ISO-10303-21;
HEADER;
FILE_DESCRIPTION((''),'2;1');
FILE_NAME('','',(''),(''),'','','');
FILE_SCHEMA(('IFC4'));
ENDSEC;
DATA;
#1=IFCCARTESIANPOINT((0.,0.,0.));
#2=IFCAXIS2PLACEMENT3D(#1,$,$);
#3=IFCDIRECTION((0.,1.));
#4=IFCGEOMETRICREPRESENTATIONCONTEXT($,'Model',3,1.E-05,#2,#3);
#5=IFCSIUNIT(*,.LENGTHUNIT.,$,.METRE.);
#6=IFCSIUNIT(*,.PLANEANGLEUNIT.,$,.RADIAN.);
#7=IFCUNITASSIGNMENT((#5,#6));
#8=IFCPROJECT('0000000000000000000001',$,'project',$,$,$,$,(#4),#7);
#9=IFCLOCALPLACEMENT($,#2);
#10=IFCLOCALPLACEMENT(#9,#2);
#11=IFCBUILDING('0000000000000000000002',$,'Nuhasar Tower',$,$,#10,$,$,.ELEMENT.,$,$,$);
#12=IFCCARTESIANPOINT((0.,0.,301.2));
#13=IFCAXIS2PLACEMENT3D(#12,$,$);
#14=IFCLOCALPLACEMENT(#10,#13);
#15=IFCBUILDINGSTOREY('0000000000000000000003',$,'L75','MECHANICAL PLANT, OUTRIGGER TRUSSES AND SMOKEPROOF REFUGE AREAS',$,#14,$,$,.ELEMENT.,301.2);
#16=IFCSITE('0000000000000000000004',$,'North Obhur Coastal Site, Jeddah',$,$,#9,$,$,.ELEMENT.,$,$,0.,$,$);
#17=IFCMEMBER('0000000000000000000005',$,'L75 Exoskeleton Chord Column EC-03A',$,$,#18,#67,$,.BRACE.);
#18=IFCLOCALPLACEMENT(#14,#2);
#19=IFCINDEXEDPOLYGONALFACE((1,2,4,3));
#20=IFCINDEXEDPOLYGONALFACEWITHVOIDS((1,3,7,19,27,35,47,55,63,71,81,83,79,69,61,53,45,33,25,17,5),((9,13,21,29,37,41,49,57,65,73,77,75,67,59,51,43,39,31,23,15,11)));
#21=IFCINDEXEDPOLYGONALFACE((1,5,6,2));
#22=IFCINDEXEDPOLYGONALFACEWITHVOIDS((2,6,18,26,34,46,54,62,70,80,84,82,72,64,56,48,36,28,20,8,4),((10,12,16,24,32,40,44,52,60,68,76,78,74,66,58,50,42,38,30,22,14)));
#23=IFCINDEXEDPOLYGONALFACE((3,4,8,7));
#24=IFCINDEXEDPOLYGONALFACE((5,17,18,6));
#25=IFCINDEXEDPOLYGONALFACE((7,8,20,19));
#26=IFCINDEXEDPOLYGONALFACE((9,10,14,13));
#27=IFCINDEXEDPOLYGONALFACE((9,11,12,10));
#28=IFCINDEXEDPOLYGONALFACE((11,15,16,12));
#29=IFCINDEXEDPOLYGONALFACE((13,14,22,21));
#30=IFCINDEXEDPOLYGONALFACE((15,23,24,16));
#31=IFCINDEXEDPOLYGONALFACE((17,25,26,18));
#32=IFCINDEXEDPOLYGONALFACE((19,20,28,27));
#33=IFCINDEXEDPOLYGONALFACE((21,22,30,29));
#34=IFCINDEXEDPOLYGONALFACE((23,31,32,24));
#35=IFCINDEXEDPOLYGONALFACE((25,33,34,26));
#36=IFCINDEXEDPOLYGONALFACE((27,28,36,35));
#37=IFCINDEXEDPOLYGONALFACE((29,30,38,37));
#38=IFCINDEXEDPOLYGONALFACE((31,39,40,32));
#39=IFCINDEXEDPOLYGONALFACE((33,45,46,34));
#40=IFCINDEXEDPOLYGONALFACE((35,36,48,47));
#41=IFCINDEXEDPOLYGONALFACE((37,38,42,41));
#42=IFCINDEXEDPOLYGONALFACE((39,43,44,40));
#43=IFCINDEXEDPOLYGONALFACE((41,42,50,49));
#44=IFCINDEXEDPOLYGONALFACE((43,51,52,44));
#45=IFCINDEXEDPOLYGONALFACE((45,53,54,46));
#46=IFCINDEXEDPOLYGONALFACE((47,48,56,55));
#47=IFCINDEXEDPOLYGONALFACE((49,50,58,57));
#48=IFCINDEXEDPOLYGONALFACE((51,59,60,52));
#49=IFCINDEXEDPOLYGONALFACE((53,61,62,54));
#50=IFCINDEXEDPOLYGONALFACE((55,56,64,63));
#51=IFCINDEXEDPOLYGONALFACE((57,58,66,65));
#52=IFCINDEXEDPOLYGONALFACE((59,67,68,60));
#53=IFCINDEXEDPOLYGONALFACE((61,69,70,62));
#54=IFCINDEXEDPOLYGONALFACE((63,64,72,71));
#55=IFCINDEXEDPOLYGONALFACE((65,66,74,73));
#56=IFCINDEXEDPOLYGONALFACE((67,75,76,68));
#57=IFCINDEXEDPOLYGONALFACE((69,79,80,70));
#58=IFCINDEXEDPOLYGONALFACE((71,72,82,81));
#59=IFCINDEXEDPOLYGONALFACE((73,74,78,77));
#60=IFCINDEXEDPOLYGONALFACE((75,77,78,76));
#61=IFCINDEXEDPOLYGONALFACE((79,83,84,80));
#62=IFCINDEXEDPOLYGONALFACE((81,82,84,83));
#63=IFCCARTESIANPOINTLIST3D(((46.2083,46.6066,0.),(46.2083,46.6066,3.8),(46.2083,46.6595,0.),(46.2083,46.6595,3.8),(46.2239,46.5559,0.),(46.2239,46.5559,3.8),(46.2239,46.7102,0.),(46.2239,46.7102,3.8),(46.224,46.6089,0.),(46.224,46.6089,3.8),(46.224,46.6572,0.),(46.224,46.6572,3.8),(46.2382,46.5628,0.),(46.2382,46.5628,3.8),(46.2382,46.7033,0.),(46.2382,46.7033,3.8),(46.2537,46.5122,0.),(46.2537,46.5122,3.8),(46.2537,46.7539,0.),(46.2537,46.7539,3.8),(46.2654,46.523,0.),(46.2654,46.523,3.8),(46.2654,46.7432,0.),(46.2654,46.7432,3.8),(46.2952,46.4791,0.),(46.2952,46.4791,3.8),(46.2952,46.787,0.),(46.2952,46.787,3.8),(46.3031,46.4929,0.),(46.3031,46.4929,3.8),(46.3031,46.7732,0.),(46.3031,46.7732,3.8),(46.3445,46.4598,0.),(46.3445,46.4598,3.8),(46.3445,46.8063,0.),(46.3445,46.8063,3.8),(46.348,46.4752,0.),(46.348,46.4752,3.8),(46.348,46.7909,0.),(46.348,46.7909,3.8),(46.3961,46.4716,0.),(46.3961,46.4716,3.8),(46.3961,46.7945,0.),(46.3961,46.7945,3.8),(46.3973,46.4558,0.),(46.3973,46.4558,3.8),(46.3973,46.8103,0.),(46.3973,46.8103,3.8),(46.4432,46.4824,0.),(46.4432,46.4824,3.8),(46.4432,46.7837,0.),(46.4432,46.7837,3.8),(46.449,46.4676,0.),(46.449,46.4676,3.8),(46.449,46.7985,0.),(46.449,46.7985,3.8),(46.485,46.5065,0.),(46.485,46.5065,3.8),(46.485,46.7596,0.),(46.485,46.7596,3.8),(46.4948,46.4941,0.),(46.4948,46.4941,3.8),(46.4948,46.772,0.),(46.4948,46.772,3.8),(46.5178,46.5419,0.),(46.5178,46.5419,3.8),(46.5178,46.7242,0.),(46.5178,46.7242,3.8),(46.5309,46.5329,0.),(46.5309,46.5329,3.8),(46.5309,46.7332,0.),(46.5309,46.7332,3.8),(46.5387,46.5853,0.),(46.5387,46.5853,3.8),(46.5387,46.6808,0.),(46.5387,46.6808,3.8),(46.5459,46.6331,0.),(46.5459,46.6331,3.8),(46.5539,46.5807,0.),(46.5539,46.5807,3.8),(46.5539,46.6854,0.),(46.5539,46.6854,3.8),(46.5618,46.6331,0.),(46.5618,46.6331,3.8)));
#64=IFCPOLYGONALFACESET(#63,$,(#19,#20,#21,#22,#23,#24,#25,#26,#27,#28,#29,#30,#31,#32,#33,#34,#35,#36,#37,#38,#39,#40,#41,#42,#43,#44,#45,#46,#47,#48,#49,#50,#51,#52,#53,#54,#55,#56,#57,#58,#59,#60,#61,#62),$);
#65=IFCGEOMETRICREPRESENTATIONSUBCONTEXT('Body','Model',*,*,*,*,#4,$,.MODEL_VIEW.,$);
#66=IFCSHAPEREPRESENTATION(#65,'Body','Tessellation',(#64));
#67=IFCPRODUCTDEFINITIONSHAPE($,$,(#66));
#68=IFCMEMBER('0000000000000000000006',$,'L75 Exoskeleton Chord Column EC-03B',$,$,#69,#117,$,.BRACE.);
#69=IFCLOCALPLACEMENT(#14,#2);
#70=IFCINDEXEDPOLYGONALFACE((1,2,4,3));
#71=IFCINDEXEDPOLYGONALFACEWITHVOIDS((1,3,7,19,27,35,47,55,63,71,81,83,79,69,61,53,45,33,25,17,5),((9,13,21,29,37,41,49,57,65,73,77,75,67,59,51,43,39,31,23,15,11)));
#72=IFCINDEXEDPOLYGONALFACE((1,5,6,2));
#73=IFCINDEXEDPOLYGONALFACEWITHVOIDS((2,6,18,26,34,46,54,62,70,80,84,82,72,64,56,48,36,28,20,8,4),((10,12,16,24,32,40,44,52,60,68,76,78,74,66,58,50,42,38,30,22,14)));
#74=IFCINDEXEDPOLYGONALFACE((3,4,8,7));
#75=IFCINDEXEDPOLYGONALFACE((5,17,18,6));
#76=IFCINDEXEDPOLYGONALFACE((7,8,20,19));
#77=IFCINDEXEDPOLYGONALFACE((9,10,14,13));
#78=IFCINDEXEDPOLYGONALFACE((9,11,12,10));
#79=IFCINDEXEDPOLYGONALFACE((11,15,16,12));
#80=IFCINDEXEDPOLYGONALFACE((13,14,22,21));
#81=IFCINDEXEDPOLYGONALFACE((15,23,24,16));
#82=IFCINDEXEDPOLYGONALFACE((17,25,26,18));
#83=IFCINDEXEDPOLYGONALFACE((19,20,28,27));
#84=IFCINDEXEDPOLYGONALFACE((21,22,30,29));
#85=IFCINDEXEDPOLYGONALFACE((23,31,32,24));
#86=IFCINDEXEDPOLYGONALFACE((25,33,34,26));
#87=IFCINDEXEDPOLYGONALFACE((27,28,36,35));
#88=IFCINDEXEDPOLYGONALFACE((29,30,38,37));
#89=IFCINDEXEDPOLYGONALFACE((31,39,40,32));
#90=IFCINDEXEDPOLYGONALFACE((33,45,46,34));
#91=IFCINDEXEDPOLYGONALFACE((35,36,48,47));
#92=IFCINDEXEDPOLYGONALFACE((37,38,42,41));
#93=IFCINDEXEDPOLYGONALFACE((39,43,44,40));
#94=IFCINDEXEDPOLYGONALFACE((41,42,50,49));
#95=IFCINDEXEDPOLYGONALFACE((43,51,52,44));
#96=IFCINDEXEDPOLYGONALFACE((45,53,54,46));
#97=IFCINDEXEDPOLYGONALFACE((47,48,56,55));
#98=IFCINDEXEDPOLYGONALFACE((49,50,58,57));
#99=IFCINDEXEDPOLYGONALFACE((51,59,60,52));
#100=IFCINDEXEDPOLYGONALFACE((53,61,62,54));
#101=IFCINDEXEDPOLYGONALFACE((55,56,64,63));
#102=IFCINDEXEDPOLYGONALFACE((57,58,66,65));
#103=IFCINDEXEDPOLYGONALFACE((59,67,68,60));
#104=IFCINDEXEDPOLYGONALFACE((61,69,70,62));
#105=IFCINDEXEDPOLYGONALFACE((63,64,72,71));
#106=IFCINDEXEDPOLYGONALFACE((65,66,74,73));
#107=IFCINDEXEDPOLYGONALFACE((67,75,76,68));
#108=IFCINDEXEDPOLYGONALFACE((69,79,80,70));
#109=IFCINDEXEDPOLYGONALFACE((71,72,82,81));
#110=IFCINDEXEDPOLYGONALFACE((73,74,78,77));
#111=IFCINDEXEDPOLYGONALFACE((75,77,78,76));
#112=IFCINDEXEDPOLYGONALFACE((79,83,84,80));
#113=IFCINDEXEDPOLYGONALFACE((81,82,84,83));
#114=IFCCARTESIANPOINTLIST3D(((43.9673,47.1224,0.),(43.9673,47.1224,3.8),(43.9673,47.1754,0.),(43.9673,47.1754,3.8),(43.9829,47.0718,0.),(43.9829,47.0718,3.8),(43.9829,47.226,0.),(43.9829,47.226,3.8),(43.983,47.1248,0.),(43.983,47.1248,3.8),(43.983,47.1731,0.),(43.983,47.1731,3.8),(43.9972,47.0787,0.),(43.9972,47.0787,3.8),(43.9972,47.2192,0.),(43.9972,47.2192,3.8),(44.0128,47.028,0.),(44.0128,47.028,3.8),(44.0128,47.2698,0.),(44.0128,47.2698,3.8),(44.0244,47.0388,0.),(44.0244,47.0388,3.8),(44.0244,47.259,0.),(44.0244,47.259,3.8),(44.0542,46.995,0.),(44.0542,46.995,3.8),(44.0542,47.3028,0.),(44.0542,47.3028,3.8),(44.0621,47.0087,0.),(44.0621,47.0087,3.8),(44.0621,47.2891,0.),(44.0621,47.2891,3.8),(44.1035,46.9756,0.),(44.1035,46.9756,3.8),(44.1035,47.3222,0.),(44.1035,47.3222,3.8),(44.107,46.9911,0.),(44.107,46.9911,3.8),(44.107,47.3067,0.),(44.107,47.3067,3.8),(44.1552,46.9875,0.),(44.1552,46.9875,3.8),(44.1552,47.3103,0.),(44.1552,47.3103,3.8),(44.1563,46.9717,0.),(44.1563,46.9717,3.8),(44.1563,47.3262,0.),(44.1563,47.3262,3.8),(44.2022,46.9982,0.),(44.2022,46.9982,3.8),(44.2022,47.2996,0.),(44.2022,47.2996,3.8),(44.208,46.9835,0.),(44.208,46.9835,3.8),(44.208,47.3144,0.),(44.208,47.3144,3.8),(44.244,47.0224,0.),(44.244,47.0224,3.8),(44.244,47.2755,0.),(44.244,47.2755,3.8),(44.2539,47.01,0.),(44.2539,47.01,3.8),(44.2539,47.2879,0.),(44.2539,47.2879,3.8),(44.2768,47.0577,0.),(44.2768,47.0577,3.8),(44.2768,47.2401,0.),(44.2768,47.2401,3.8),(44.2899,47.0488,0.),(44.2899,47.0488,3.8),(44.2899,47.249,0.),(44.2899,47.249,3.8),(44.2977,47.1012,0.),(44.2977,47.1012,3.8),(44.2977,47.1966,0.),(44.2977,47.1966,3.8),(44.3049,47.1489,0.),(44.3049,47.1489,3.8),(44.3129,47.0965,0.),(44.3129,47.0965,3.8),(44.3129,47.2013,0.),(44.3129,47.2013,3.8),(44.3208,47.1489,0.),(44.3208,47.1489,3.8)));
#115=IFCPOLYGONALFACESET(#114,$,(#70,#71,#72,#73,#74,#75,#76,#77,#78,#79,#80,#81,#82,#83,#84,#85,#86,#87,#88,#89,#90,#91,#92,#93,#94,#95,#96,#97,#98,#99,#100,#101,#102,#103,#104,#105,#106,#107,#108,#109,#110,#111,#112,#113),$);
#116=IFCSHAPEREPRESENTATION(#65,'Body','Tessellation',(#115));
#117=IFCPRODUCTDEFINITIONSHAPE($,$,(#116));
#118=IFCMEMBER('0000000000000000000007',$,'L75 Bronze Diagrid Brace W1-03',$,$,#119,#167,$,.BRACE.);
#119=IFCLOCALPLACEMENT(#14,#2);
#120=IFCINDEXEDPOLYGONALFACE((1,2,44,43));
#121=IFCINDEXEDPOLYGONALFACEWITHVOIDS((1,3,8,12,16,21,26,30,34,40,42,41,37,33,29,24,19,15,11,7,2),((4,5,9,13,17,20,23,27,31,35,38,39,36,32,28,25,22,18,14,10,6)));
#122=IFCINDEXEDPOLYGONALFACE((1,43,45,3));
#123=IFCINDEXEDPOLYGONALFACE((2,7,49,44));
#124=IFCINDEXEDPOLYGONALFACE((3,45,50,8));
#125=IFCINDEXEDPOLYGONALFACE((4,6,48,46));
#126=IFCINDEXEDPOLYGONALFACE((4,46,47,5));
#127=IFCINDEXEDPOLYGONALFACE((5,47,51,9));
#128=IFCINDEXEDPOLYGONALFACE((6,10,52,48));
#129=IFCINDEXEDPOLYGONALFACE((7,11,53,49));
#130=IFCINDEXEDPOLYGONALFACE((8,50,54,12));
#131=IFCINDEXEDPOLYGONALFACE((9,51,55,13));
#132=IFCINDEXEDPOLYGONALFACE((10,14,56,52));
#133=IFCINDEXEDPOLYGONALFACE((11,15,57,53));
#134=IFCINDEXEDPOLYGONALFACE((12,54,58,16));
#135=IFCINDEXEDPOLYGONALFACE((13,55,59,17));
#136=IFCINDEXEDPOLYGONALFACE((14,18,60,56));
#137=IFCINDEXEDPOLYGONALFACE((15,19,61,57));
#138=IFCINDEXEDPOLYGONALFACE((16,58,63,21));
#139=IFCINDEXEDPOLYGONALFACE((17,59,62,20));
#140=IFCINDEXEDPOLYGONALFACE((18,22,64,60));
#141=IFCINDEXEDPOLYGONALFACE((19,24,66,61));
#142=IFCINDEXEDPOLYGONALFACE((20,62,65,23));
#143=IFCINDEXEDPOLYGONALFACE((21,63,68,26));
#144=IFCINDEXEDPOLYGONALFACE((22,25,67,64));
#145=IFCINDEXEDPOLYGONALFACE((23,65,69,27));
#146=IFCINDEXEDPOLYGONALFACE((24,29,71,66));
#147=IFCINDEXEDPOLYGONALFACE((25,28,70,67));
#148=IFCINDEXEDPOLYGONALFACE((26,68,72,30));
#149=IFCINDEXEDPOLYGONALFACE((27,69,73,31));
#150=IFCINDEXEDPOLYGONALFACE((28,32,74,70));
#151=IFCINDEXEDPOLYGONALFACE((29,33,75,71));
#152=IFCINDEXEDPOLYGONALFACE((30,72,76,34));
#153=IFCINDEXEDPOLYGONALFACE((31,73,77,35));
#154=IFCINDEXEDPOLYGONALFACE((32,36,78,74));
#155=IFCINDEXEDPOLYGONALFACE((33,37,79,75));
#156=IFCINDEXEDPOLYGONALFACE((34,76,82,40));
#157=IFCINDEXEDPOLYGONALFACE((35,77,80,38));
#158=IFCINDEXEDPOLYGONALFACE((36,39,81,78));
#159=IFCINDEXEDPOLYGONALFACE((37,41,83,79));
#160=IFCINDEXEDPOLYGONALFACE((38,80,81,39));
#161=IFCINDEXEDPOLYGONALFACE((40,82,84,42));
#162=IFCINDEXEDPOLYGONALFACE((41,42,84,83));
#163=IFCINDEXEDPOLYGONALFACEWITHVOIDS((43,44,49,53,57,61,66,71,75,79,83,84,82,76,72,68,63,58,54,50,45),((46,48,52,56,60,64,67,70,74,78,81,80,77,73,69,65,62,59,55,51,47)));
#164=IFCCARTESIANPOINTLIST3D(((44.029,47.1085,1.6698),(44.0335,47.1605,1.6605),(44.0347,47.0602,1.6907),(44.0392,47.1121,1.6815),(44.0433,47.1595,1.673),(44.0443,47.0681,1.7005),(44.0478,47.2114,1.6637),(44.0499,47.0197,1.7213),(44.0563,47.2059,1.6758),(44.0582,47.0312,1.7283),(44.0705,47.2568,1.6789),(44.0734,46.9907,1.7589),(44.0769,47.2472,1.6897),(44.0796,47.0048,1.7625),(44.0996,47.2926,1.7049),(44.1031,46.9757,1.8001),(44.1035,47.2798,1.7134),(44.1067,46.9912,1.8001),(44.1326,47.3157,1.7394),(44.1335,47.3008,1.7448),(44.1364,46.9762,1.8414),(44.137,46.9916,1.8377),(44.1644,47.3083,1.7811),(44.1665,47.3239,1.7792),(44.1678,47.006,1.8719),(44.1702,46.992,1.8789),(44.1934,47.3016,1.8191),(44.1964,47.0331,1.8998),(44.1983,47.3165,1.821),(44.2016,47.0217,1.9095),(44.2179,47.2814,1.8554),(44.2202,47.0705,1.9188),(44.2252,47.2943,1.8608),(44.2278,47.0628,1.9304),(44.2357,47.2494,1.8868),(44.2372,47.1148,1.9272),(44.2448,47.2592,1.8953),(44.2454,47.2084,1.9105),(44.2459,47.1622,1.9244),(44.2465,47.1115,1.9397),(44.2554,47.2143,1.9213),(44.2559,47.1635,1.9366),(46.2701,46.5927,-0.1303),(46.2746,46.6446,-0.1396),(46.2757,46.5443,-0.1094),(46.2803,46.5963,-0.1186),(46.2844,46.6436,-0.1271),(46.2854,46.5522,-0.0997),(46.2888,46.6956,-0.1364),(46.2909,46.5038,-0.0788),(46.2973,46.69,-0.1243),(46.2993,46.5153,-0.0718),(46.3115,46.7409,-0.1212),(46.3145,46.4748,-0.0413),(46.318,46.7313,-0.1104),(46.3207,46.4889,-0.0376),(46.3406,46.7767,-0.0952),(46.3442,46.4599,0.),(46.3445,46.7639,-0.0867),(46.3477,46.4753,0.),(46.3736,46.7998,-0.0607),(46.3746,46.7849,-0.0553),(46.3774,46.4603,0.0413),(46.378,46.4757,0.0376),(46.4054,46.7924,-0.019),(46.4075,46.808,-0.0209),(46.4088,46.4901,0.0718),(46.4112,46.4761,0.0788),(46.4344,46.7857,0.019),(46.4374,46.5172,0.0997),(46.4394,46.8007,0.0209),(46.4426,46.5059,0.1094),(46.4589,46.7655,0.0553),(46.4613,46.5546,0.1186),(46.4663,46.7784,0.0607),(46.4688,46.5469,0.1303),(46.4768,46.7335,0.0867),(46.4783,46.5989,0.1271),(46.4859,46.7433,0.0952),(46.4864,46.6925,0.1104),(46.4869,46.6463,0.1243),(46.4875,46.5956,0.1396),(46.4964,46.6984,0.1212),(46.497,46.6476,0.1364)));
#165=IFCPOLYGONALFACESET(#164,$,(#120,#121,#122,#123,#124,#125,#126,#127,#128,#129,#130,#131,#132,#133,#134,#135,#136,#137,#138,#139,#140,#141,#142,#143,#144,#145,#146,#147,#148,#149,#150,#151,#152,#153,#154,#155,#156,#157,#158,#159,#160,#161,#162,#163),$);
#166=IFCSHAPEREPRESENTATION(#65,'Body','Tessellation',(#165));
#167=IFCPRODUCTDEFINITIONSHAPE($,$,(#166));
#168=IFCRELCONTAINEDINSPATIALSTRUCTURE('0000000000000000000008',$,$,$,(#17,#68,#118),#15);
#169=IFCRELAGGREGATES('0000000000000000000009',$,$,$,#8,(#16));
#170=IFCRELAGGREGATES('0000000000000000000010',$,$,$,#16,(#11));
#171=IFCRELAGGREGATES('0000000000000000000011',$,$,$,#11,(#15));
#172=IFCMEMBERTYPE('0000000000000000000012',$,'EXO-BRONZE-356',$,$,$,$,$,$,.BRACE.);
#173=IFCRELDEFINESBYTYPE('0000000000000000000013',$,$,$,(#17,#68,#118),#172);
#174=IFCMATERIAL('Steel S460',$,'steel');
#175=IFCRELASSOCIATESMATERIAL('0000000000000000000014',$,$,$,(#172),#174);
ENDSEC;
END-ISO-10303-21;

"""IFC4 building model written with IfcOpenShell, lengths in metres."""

from ifc_helpers import new_model, si_unit, direction, frame, origin, origin_2d, place, context, subcontext, project, spatial, hollow_circle, extrude, material, material_profile, profile_set, type_object, element, save


model = new_model("IFC4")

# Units and contexts
model_context = context("Model", 3, precision=1e-05, world=origin(), true_north=direction((0.0, 1.0)))
body_context = subcontext(model_context, "Body", "Model", "MODEL_VIEW")
ifc_project = project(units=[si_unit("LENGTHUNIT", "METRE"), si_unit("PLANEANGLEUNIT", "RADIAN")], contexts=[model_context])

# Site, building, storey
site_placement = place(None, origin())
site = spatial("IfcSite", under=ifc_project, at=site_placement, Name="North Obhur Coastal Site, Jeddah", CompositionType="ELEMENT", RefElevation=0.0)
building_placement = place(site_placement, origin())
building = spatial("IfcBuilding", under=site, at=building_placement, Name="Nuhasar Tower", CompositionType="ELEMENT")
storey_placement = place(building_placement, frame((0.0, 0.0, 301.2)))
storey = spatial("IfcBuildingStorey", under=building, at=storey_placement, Name="L75", Description="MECHANICAL PLANT, OUTRIGGER TRUSSES AND SMOKEPROOF REFUGE AREAS", CompositionType="ELEMENT", Elevation=301.2)

# Shared definitions
ifc_material_1 = material(Name="Steel S460", Category="steel")

# Members
ifc_material_profile_1 = material_profile(ifc_material_1, hollow_circle(Radius=0.1777, WallThickness=0.0159, at=origin_2d()), Name="HSS355.6X15.9")
ifc_profile_set_1 = profile_set([ifc_material_profile_1], Name="Steel S460")
member_type_1 = type_object("IfcMemberType", Name="EXO-BRONZE-356", PredefinedType="BRACE", material=ifc_profile_set_1)
for number, where, z_axis, x_axis, name in (
    (1, (46.384, 46.6331, 0.0), (0.0, 0.0, 1.0), (1.0, 0.0, 0.0), "L75 Exoskeleton Chord Column EC-03A"),
    (2, (44.1431, 47.1489, 0.0), (0.0, 0.0, 1.0), (1.0, 0.0, 0.0), "L75 Exoskeleton Chord Column EC-03B"),
):
    element("IfcMember", number, at=place(storey_placement, frame(where, z_axis=z_axis, x_axis=x_axis)), inside=storey, type_object=member_type_1, Name=name, PredefinedType="BRACE", context=body_context, shape_type="SweptSolid", body=[
        extrude(hollow_circle(Radius=0.1777, WallThickness=0.0159, at=origin_2d()), origin(), (0.0, 0.0, 1.0), 3.8),
    ])
for number, where, z_axis, x_axis, name in (
    (3, (46.384, 46.6331, 0.0), (-0.767372, 0.176649, 0.616389), (-0.224332, -0.974513, 0.0), "L75 Bronze Diagrid Brace W1-03"),
):
    element("IfcMember", number, at=place(storey_placement, frame(where, z_axis=z_axis, x_axis=x_axis)), inside=storey, type_object=member_type_1, Name=name, PredefinedType="BRACE", context=body_context, shape_type="SweptSolid", body=[
        extrude(hollow_circle(Radius=0.1777, WallThickness=0.0159, at=origin_2d()), origin(), (0.0, 0.0, 1.0), 2.9204),
    ])

save(model, "model.ifc")
